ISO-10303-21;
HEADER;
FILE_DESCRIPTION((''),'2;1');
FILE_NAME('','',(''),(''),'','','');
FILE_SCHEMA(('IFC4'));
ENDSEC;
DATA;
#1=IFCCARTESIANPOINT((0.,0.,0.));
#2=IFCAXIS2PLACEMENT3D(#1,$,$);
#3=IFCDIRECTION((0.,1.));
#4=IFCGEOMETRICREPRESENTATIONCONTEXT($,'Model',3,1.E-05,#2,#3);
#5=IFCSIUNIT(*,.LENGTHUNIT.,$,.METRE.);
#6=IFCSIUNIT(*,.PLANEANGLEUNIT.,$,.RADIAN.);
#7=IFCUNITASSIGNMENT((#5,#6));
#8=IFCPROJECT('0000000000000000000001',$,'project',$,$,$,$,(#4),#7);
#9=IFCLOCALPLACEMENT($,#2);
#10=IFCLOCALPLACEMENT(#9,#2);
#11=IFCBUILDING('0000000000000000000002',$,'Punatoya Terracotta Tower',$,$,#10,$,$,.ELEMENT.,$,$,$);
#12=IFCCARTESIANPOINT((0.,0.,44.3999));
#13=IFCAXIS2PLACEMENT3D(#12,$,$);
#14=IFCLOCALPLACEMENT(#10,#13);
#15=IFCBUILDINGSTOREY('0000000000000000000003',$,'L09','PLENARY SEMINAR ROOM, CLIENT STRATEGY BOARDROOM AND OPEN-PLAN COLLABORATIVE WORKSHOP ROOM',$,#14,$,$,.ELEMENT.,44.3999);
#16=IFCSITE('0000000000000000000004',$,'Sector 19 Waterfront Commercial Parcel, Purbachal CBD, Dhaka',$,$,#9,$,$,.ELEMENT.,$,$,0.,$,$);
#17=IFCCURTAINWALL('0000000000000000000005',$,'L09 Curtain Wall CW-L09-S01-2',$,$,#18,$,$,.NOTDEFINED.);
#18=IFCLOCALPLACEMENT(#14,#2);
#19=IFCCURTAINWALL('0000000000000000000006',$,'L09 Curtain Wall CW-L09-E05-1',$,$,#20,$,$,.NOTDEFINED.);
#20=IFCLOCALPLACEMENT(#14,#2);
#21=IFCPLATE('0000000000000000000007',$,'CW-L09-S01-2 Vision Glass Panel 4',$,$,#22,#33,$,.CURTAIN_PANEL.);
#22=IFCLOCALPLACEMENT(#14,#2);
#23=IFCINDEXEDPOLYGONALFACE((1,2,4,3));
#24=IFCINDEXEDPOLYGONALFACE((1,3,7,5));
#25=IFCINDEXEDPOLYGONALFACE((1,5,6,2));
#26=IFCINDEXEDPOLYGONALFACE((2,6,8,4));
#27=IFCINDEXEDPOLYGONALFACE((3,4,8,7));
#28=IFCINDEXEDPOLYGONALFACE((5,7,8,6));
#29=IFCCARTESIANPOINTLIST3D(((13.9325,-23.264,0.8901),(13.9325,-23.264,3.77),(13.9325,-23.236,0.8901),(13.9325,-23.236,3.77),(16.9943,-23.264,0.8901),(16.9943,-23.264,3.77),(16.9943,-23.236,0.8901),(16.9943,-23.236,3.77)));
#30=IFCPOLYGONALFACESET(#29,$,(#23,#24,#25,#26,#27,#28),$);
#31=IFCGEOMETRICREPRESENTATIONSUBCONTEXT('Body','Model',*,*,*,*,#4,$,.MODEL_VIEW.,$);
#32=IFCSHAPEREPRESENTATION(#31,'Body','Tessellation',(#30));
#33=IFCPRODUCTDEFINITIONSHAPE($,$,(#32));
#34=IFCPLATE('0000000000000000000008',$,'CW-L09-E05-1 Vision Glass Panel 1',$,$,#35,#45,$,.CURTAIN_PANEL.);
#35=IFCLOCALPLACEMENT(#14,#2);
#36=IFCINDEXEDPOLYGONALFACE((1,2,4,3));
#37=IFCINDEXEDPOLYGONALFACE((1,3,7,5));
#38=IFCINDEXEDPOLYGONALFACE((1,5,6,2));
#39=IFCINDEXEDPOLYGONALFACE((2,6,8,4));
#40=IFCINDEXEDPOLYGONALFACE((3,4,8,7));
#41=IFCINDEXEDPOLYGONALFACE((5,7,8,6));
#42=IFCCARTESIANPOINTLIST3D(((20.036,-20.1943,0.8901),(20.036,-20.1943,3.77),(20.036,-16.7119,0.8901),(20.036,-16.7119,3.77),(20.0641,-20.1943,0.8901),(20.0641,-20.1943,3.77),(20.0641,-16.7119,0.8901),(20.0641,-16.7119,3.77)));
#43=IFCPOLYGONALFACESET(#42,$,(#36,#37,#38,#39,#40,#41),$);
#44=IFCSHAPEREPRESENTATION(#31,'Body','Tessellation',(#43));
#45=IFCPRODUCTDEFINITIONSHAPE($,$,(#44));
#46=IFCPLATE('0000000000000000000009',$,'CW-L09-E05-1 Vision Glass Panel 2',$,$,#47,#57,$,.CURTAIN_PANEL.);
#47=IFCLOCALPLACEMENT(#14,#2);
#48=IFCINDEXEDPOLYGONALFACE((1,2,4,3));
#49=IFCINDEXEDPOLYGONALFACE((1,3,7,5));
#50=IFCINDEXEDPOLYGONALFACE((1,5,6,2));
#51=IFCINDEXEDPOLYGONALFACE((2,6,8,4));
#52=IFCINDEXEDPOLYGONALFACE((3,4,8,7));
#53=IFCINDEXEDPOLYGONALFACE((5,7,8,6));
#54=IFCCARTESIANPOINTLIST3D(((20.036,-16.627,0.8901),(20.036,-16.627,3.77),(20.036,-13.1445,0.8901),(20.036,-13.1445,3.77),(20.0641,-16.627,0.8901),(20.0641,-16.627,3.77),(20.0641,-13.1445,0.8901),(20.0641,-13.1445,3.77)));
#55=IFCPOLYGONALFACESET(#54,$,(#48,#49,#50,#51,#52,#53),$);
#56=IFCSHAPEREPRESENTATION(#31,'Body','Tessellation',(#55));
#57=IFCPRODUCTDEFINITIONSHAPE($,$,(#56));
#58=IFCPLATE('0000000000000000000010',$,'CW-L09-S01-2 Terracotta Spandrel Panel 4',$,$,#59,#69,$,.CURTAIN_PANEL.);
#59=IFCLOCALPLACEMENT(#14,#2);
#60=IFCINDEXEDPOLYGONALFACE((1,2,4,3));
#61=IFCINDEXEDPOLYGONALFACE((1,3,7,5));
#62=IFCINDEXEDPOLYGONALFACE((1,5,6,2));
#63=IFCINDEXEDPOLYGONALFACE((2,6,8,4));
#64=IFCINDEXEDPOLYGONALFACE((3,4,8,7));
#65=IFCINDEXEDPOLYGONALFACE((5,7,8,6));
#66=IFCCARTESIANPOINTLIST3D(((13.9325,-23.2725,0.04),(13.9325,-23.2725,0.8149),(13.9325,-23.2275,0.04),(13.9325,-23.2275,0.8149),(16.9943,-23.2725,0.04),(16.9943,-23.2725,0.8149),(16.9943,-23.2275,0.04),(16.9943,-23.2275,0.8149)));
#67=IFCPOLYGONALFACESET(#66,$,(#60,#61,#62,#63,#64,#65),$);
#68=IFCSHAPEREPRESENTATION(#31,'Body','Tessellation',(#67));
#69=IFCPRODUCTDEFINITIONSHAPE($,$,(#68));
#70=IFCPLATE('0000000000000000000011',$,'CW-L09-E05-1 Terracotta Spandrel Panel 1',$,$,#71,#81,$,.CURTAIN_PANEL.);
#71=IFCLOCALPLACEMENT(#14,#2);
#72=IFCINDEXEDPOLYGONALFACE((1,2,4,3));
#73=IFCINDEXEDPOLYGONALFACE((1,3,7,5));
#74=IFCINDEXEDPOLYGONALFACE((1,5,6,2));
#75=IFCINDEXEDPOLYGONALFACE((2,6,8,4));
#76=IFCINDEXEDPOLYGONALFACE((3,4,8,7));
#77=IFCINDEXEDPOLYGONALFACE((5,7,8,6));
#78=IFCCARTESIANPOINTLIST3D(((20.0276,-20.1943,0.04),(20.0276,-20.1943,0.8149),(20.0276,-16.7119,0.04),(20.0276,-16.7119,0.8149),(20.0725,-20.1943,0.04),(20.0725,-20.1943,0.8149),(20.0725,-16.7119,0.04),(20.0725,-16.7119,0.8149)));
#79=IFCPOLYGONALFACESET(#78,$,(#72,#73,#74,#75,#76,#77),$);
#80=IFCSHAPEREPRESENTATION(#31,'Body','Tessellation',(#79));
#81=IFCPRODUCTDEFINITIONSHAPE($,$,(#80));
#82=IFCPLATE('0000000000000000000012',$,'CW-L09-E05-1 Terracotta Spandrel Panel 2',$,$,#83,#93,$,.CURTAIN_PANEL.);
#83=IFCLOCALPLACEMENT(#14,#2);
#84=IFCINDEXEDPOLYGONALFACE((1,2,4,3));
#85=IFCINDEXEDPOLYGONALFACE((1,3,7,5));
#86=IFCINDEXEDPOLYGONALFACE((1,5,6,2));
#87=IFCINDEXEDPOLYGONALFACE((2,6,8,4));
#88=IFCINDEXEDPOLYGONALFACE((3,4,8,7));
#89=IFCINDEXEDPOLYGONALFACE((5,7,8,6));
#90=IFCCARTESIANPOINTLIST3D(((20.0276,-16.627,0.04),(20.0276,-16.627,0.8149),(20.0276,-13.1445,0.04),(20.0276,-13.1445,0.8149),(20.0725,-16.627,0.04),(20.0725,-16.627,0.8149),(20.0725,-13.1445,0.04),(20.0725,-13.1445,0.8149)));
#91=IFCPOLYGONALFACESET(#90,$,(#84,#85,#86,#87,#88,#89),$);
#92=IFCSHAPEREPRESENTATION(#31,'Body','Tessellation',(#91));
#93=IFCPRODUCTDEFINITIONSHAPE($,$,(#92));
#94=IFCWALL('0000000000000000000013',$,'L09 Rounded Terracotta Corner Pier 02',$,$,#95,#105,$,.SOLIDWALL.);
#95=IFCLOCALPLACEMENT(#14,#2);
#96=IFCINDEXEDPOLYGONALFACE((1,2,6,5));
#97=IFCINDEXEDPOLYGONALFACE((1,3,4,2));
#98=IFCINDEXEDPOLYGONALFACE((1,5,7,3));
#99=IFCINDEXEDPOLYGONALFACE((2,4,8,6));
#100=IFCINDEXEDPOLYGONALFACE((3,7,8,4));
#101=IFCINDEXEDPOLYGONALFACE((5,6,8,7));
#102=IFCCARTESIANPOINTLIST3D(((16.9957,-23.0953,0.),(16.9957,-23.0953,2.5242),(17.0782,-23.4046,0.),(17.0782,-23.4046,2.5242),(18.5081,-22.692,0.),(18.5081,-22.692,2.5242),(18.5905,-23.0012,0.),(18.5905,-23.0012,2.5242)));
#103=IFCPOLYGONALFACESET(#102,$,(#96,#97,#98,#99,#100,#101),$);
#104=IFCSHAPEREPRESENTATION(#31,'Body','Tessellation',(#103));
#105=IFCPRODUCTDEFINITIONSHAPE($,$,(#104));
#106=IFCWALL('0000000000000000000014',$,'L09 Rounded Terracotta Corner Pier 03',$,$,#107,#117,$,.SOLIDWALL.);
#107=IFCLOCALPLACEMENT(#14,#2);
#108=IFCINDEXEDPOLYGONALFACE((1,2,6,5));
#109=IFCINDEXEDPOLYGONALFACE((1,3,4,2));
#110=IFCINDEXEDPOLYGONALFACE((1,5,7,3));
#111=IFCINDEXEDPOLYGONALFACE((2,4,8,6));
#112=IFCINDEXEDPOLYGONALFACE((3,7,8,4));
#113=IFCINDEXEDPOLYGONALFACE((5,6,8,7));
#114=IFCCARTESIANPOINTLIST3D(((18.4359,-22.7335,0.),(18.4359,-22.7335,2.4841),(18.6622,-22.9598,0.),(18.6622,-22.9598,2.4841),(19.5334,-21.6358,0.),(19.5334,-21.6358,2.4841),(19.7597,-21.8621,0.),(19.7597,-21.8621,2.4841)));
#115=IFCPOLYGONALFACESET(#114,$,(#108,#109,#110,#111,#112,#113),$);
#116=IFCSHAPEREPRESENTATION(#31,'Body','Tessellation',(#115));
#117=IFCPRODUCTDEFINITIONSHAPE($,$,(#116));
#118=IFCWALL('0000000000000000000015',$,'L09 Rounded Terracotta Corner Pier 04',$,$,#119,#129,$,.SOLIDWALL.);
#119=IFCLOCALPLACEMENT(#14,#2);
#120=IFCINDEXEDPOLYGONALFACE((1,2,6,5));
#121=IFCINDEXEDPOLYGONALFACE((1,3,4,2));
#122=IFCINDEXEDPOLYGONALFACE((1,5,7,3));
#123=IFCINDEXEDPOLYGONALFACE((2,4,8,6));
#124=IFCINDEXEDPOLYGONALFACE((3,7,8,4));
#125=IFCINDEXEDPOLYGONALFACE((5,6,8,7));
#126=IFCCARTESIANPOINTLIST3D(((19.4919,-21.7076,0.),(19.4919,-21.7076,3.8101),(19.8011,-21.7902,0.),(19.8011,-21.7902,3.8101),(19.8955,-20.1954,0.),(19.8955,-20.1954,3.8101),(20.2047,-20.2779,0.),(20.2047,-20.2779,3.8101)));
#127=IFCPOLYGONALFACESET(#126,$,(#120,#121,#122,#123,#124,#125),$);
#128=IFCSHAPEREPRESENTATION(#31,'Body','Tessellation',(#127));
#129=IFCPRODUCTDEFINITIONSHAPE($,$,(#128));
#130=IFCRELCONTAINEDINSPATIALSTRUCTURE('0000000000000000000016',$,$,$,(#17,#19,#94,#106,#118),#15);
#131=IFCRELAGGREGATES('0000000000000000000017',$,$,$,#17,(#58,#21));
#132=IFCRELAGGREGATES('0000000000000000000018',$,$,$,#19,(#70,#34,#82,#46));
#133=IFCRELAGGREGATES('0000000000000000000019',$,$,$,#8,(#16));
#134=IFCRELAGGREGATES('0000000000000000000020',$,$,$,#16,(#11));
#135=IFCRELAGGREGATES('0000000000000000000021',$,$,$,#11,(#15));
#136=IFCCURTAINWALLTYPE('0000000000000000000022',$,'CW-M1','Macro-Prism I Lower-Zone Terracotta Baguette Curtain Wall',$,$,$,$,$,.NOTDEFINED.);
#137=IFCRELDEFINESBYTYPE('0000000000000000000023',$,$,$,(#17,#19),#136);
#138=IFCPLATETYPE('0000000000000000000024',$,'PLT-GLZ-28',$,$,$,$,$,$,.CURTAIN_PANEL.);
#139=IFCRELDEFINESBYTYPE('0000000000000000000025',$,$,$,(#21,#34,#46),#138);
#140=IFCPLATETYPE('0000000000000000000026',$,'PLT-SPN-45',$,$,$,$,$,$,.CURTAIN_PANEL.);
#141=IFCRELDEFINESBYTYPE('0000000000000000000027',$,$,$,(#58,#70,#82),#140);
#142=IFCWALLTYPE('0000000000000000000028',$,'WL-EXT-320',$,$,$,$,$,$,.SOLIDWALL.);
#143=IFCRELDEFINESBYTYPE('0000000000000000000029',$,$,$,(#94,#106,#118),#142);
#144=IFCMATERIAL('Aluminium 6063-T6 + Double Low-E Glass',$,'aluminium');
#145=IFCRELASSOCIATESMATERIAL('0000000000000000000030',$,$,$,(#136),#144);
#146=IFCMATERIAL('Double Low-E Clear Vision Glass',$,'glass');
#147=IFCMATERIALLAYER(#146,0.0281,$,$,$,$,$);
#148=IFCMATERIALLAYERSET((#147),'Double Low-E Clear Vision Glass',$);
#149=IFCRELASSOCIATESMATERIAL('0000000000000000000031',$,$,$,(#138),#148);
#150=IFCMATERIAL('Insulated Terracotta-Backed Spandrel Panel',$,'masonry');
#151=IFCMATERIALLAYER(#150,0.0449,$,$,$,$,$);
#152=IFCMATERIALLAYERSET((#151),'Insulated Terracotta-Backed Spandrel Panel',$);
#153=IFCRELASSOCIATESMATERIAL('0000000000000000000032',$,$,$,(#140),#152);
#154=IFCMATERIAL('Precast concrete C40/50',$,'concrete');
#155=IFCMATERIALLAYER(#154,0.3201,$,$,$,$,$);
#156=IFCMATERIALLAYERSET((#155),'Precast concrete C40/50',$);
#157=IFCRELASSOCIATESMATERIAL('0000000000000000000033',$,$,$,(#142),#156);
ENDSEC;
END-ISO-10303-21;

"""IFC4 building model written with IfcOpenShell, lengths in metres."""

from ifc_helpers import new_model, si_unit, direction, frame, frame_2d, origin, origin_2d, place, context, subcontext, project, spatial, rectangle, extrude, material, layer, layer_set, type_object, element, aggregate, save


model = new_model("IFC4")

# Units and contexts
model_context = context("Model", 3, precision=1e-05, world=origin(), true_north=direction((0.0, 1.0)))
body_context = subcontext(model_context, "Body", "Model", "MODEL_VIEW")
ifc_project = project(units=[si_unit("LENGTHUNIT", "METRE"), si_unit("PLANEANGLEUNIT", "RADIAN")], contexts=[model_context])

# Site, building, storey
site_placement = place(None, origin())
site = spatial("IfcSite", under=ifc_project, at=site_placement, Name="Sector 19 Waterfront Commercial Parcel, Purbachal CBD, Dhaka", CompositionType="ELEMENT", RefElevation=0.0)
building_placement = place(site_placement, origin())
building = spatial("IfcBuilding", under=site, at=building_placement, Name="Punatoya Terracotta Tower", CompositionType="ELEMENT")
storey_placement = place(building_placement, frame((0.0, 0.0, 44.3999)))
storey = spatial("IfcBuildingStorey", under=building, at=storey_placement, Name="L09", Description="PLENARY SEMINAR ROOM, CLIENT STRATEGY BOARDROOM AND OPEN-PLAN COLLABORATIVE WORKSHOP ROOM", CompositionType="ELEMENT", Elevation=44.3999)

# Curtain walls
ifc_material_1 = material(Name="Aluminium 6063-T6 + Double Low-E Glass", Category="aluminium")
curtain_wall_type = type_object("IfcCurtainWallType", Name="CW-M1", Description="Macro-Prism I Lower-Zone Terracotta Baguette Curtain Wall", PredefinedType="NOTDEFINED", material=ifc_material_1)
curtain_wall_1_placement = place(storey_placement, origin())
curtain_wall_1 = element("IfcCurtainWall", 1, at=curtain_wall_1_placement, inside=storey, type_object=curtain_wall_type, Name="L09 Curtain Wall CW-L09-S01-2", PredefinedType="NOTDEFINED")
curtain_wall_2_placement = place(storey_placement, origin())
curtain_wall_2 = element("IfcCurtainWall", 2, at=curtain_wall_2_placement, inside=storey, type_object=curtain_wall_type, Name="L09 Curtain Wall CW-L09-E05-1", PredefinedType="NOTDEFINED")

# Plates
ifc_material_2 = material(Name="Double Low-E Clear Vision Glass", Category="glass")
ifc_layer_1 = layer(ifc_material_2, 0.0281)
ifc_layer_set_1 = layer_set([ifc_layer_1], Name="Double Low-E Clear Vision Glass")
plate_type_1 = type_object("IfcPlateType", Name="PLT-GLZ-28", PredefinedType="CURTAIN_PANEL", material=ifc_layer_set_1)
plate_1_placement = place(storey_placement, frame((15.4634, -23.25, 0.8901), z_axis=(0.0, 0.0, 1.0), x_axis=(1.0, 0.0, 0.0)))
plate_1 = element("IfcPlate", 3, at=plate_1_placement, type_object=plate_type_1, Name="CW-L09-S01-2 Vision Glass Panel 4", PredefinedType="CURTAIN_PANEL", context=body_context, shape_type="SweptSolid", body=[
    extrude(rectangle(XDim=3.0618, YDim=0.0281, at=origin_2d()), origin(), (0.0, 0.0, 1.0), 2.8799),
])
plate_2_placement = place(storey_placement, frame((20.05, -18.4531, 0.8901), z_axis=(0.0, 0.0, 1.0), x_axis=(0.0, 1.0, 0.0)))
plate_2 = element("IfcPlate", 4, at=plate_2_placement, type_object=plate_type_1, Name="CW-L09-E05-1 Vision Glass Panel 1", PredefinedType="CURTAIN_PANEL", context=body_context, shape_type="SweptSolid", body=[
    extrude(rectangle(XDim=3.4824, YDim=0.0281, at=origin_2d()), origin(), (0.0, 0.0, 1.0), 2.8799),
])
plate_3_placement = place(storey_placement, frame((20.05, -14.8857, 0.8901), z_axis=(0.0, 0.0, 1.0), x_axis=(0.0, 1.0, 0.0)))
plate_3 = element("IfcPlate", 5, at=plate_3_placement, type_object=plate_type_1, Name="CW-L09-E05-1 Vision Glass Panel 2", PredefinedType="CURTAIN_PANEL", context=body_context, shape_type="SweptSolid", body=[
    extrude(rectangle(XDim=3.4824, YDim=0.0281, at=origin_2d()), origin(), (0.0, 0.0, 1.0), 2.8799),
])
ifc_material_3 = material(Name="Insulated Terracotta-Backed Spandrel Panel", Category="masonry")
ifc_layer_2 = layer(ifc_material_3, 0.0449)
ifc_layer_set_2 = layer_set([ifc_layer_2], Name="Insulated Terracotta-Backed Spandrel Panel")
plate_type_2 = type_object("IfcPlateType", Name="PLT-SPN-45", PredefinedType="CURTAIN_PANEL", material=ifc_layer_set_2)
plate_4_placement = place(storey_placement, frame((15.4634, -23.25, 0.04), z_axis=(0.0, 0.0, 1.0), x_axis=(1.0, 0.0, 0.0)))
plate_4 = element("IfcPlate", 6, at=plate_4_placement, type_object=plate_type_2, Name="CW-L09-S01-2 Terracotta Spandrel Panel 4", PredefinedType="CURTAIN_PANEL", context=body_context, shape_type="SweptSolid", body=[
    extrude(rectangle(XDim=3.0618, YDim=0.0449, at=origin_2d()), origin(), (0.0, 0.0, 1.0), 0.7749),
])
aggregate(curtain_wall_1, [plate_4, plate_1])
plate_5_placement = place(storey_placement, frame((20.05, -18.4531, 0.04), z_axis=(0.0, 0.0, 1.0), x_axis=(0.0, 1.0, 0.0)))
plate_5 = element("IfcPlate", 7, at=plate_5_placement, type_object=plate_type_2, Name="CW-L09-E05-1 Terracotta Spandrel Panel 1", PredefinedType="CURTAIN_PANEL", context=body_context, shape_type="SweptSolid", body=[
    extrude(rectangle(XDim=3.4824, YDim=0.0449, at=origin_2d()), origin(), (0.0, 0.0, 1.0), 0.7749),
])
plate_6_placement = place(storey_placement, frame((20.05, -14.8857, 0.04), z_axis=(0.0, 0.0, 1.0), x_axis=(0.0, 1.0, 0.0)))
plate_6 = element("IfcPlate", 8, at=plate_6_placement, type_object=plate_type_2, Name="CW-L09-E05-1 Terracotta Spandrel Panel 2", PredefinedType="CURTAIN_PANEL", context=body_context, shape_type="SweptSolid", body=[
    extrude(rectangle(XDim=3.4824, YDim=0.0449, at=origin_2d()), origin(), (0.0, 0.0, 1.0), 0.7749),
])
aggregate(curtain_wall_2, [plate_5, plate_2, plate_6, plate_3])

# Walls
ifc_material_4 = material(Name="Precast concrete C40/50", Category="concrete")
ifc_layer_3 = layer(ifc_material_4, 0.3201)
ifc_layer_set_3 = layer_set([ifc_layer_3], Name="Precast concrete C40/50")
wall_type = type_object("IfcWallType", Name="WL-EXT-320", PredefinedType="SOLIDWALL", material=ifc_layer_set_3)
wall_1_placement = place(storey_placement, frame((17.0369, -23.25, 0.0), z_axis=(0.0, 0.0, 1.0), x_axis=(0.966225, 0.257701, 0.0)))
element("IfcWall", 9, at=wall_1_placement, inside=storey, type_object=wall_type, Name="L09 Rounded Terracotta Corner Pier 02", PredefinedType="SOLIDWALL", context=body_context, shape_type="SweptSolid", body=[
    extrude(rectangle(XDim=1.5652, YDim=0.3201, at=frame_2d((0.7827, 0.0))), origin(), (0.0, 0.0, 1.0), 2.5242),
])
wall_2_placement = place(storey_placement, frame((18.5491, -22.8467, 0.0), z_axis=(0.0, 0.0, 1.0), x_axis=(0.707028, 0.707185, 0.0)))
element("IfcWall", 10, at=wall_2_placement, inside=storey, type_object=wall_type, Name="L09 Rounded Terracotta Corner Pier 03", PredefinedType="SOLIDWALL", context=body_context, shape_type="SweptSolid", body=[
    extrude(rectangle(XDim=1.5522, YDim=0.3201, at=frame_2d((0.7761, 0.0))), origin(), (0.0, 0.0, 1.0), 2.4841),
])
wall_3_placement = place(storey_placement, frame((19.6465, -21.749, 0.0), z_axis=(0.0, 0.0, 1.0), x_axis=(0.257847, 0.966186, 0.0)))
element("IfcWall", 11, at=wall_3_placement, inside=storey, type_object=wall_type, Name="L09 Rounded Terracotta Corner Pier 04", PredefinedType="SOLIDWALL", context=body_context, shape_type="SweptSolid", body=[
    extrude(rectangle(XDim=1.5652, YDim=0.3201, at=frame_2d((0.7827, 0.0))), origin(), (0.0, 0.0, 1.0), 3.8101),
])

save(model, "model.ifc")
